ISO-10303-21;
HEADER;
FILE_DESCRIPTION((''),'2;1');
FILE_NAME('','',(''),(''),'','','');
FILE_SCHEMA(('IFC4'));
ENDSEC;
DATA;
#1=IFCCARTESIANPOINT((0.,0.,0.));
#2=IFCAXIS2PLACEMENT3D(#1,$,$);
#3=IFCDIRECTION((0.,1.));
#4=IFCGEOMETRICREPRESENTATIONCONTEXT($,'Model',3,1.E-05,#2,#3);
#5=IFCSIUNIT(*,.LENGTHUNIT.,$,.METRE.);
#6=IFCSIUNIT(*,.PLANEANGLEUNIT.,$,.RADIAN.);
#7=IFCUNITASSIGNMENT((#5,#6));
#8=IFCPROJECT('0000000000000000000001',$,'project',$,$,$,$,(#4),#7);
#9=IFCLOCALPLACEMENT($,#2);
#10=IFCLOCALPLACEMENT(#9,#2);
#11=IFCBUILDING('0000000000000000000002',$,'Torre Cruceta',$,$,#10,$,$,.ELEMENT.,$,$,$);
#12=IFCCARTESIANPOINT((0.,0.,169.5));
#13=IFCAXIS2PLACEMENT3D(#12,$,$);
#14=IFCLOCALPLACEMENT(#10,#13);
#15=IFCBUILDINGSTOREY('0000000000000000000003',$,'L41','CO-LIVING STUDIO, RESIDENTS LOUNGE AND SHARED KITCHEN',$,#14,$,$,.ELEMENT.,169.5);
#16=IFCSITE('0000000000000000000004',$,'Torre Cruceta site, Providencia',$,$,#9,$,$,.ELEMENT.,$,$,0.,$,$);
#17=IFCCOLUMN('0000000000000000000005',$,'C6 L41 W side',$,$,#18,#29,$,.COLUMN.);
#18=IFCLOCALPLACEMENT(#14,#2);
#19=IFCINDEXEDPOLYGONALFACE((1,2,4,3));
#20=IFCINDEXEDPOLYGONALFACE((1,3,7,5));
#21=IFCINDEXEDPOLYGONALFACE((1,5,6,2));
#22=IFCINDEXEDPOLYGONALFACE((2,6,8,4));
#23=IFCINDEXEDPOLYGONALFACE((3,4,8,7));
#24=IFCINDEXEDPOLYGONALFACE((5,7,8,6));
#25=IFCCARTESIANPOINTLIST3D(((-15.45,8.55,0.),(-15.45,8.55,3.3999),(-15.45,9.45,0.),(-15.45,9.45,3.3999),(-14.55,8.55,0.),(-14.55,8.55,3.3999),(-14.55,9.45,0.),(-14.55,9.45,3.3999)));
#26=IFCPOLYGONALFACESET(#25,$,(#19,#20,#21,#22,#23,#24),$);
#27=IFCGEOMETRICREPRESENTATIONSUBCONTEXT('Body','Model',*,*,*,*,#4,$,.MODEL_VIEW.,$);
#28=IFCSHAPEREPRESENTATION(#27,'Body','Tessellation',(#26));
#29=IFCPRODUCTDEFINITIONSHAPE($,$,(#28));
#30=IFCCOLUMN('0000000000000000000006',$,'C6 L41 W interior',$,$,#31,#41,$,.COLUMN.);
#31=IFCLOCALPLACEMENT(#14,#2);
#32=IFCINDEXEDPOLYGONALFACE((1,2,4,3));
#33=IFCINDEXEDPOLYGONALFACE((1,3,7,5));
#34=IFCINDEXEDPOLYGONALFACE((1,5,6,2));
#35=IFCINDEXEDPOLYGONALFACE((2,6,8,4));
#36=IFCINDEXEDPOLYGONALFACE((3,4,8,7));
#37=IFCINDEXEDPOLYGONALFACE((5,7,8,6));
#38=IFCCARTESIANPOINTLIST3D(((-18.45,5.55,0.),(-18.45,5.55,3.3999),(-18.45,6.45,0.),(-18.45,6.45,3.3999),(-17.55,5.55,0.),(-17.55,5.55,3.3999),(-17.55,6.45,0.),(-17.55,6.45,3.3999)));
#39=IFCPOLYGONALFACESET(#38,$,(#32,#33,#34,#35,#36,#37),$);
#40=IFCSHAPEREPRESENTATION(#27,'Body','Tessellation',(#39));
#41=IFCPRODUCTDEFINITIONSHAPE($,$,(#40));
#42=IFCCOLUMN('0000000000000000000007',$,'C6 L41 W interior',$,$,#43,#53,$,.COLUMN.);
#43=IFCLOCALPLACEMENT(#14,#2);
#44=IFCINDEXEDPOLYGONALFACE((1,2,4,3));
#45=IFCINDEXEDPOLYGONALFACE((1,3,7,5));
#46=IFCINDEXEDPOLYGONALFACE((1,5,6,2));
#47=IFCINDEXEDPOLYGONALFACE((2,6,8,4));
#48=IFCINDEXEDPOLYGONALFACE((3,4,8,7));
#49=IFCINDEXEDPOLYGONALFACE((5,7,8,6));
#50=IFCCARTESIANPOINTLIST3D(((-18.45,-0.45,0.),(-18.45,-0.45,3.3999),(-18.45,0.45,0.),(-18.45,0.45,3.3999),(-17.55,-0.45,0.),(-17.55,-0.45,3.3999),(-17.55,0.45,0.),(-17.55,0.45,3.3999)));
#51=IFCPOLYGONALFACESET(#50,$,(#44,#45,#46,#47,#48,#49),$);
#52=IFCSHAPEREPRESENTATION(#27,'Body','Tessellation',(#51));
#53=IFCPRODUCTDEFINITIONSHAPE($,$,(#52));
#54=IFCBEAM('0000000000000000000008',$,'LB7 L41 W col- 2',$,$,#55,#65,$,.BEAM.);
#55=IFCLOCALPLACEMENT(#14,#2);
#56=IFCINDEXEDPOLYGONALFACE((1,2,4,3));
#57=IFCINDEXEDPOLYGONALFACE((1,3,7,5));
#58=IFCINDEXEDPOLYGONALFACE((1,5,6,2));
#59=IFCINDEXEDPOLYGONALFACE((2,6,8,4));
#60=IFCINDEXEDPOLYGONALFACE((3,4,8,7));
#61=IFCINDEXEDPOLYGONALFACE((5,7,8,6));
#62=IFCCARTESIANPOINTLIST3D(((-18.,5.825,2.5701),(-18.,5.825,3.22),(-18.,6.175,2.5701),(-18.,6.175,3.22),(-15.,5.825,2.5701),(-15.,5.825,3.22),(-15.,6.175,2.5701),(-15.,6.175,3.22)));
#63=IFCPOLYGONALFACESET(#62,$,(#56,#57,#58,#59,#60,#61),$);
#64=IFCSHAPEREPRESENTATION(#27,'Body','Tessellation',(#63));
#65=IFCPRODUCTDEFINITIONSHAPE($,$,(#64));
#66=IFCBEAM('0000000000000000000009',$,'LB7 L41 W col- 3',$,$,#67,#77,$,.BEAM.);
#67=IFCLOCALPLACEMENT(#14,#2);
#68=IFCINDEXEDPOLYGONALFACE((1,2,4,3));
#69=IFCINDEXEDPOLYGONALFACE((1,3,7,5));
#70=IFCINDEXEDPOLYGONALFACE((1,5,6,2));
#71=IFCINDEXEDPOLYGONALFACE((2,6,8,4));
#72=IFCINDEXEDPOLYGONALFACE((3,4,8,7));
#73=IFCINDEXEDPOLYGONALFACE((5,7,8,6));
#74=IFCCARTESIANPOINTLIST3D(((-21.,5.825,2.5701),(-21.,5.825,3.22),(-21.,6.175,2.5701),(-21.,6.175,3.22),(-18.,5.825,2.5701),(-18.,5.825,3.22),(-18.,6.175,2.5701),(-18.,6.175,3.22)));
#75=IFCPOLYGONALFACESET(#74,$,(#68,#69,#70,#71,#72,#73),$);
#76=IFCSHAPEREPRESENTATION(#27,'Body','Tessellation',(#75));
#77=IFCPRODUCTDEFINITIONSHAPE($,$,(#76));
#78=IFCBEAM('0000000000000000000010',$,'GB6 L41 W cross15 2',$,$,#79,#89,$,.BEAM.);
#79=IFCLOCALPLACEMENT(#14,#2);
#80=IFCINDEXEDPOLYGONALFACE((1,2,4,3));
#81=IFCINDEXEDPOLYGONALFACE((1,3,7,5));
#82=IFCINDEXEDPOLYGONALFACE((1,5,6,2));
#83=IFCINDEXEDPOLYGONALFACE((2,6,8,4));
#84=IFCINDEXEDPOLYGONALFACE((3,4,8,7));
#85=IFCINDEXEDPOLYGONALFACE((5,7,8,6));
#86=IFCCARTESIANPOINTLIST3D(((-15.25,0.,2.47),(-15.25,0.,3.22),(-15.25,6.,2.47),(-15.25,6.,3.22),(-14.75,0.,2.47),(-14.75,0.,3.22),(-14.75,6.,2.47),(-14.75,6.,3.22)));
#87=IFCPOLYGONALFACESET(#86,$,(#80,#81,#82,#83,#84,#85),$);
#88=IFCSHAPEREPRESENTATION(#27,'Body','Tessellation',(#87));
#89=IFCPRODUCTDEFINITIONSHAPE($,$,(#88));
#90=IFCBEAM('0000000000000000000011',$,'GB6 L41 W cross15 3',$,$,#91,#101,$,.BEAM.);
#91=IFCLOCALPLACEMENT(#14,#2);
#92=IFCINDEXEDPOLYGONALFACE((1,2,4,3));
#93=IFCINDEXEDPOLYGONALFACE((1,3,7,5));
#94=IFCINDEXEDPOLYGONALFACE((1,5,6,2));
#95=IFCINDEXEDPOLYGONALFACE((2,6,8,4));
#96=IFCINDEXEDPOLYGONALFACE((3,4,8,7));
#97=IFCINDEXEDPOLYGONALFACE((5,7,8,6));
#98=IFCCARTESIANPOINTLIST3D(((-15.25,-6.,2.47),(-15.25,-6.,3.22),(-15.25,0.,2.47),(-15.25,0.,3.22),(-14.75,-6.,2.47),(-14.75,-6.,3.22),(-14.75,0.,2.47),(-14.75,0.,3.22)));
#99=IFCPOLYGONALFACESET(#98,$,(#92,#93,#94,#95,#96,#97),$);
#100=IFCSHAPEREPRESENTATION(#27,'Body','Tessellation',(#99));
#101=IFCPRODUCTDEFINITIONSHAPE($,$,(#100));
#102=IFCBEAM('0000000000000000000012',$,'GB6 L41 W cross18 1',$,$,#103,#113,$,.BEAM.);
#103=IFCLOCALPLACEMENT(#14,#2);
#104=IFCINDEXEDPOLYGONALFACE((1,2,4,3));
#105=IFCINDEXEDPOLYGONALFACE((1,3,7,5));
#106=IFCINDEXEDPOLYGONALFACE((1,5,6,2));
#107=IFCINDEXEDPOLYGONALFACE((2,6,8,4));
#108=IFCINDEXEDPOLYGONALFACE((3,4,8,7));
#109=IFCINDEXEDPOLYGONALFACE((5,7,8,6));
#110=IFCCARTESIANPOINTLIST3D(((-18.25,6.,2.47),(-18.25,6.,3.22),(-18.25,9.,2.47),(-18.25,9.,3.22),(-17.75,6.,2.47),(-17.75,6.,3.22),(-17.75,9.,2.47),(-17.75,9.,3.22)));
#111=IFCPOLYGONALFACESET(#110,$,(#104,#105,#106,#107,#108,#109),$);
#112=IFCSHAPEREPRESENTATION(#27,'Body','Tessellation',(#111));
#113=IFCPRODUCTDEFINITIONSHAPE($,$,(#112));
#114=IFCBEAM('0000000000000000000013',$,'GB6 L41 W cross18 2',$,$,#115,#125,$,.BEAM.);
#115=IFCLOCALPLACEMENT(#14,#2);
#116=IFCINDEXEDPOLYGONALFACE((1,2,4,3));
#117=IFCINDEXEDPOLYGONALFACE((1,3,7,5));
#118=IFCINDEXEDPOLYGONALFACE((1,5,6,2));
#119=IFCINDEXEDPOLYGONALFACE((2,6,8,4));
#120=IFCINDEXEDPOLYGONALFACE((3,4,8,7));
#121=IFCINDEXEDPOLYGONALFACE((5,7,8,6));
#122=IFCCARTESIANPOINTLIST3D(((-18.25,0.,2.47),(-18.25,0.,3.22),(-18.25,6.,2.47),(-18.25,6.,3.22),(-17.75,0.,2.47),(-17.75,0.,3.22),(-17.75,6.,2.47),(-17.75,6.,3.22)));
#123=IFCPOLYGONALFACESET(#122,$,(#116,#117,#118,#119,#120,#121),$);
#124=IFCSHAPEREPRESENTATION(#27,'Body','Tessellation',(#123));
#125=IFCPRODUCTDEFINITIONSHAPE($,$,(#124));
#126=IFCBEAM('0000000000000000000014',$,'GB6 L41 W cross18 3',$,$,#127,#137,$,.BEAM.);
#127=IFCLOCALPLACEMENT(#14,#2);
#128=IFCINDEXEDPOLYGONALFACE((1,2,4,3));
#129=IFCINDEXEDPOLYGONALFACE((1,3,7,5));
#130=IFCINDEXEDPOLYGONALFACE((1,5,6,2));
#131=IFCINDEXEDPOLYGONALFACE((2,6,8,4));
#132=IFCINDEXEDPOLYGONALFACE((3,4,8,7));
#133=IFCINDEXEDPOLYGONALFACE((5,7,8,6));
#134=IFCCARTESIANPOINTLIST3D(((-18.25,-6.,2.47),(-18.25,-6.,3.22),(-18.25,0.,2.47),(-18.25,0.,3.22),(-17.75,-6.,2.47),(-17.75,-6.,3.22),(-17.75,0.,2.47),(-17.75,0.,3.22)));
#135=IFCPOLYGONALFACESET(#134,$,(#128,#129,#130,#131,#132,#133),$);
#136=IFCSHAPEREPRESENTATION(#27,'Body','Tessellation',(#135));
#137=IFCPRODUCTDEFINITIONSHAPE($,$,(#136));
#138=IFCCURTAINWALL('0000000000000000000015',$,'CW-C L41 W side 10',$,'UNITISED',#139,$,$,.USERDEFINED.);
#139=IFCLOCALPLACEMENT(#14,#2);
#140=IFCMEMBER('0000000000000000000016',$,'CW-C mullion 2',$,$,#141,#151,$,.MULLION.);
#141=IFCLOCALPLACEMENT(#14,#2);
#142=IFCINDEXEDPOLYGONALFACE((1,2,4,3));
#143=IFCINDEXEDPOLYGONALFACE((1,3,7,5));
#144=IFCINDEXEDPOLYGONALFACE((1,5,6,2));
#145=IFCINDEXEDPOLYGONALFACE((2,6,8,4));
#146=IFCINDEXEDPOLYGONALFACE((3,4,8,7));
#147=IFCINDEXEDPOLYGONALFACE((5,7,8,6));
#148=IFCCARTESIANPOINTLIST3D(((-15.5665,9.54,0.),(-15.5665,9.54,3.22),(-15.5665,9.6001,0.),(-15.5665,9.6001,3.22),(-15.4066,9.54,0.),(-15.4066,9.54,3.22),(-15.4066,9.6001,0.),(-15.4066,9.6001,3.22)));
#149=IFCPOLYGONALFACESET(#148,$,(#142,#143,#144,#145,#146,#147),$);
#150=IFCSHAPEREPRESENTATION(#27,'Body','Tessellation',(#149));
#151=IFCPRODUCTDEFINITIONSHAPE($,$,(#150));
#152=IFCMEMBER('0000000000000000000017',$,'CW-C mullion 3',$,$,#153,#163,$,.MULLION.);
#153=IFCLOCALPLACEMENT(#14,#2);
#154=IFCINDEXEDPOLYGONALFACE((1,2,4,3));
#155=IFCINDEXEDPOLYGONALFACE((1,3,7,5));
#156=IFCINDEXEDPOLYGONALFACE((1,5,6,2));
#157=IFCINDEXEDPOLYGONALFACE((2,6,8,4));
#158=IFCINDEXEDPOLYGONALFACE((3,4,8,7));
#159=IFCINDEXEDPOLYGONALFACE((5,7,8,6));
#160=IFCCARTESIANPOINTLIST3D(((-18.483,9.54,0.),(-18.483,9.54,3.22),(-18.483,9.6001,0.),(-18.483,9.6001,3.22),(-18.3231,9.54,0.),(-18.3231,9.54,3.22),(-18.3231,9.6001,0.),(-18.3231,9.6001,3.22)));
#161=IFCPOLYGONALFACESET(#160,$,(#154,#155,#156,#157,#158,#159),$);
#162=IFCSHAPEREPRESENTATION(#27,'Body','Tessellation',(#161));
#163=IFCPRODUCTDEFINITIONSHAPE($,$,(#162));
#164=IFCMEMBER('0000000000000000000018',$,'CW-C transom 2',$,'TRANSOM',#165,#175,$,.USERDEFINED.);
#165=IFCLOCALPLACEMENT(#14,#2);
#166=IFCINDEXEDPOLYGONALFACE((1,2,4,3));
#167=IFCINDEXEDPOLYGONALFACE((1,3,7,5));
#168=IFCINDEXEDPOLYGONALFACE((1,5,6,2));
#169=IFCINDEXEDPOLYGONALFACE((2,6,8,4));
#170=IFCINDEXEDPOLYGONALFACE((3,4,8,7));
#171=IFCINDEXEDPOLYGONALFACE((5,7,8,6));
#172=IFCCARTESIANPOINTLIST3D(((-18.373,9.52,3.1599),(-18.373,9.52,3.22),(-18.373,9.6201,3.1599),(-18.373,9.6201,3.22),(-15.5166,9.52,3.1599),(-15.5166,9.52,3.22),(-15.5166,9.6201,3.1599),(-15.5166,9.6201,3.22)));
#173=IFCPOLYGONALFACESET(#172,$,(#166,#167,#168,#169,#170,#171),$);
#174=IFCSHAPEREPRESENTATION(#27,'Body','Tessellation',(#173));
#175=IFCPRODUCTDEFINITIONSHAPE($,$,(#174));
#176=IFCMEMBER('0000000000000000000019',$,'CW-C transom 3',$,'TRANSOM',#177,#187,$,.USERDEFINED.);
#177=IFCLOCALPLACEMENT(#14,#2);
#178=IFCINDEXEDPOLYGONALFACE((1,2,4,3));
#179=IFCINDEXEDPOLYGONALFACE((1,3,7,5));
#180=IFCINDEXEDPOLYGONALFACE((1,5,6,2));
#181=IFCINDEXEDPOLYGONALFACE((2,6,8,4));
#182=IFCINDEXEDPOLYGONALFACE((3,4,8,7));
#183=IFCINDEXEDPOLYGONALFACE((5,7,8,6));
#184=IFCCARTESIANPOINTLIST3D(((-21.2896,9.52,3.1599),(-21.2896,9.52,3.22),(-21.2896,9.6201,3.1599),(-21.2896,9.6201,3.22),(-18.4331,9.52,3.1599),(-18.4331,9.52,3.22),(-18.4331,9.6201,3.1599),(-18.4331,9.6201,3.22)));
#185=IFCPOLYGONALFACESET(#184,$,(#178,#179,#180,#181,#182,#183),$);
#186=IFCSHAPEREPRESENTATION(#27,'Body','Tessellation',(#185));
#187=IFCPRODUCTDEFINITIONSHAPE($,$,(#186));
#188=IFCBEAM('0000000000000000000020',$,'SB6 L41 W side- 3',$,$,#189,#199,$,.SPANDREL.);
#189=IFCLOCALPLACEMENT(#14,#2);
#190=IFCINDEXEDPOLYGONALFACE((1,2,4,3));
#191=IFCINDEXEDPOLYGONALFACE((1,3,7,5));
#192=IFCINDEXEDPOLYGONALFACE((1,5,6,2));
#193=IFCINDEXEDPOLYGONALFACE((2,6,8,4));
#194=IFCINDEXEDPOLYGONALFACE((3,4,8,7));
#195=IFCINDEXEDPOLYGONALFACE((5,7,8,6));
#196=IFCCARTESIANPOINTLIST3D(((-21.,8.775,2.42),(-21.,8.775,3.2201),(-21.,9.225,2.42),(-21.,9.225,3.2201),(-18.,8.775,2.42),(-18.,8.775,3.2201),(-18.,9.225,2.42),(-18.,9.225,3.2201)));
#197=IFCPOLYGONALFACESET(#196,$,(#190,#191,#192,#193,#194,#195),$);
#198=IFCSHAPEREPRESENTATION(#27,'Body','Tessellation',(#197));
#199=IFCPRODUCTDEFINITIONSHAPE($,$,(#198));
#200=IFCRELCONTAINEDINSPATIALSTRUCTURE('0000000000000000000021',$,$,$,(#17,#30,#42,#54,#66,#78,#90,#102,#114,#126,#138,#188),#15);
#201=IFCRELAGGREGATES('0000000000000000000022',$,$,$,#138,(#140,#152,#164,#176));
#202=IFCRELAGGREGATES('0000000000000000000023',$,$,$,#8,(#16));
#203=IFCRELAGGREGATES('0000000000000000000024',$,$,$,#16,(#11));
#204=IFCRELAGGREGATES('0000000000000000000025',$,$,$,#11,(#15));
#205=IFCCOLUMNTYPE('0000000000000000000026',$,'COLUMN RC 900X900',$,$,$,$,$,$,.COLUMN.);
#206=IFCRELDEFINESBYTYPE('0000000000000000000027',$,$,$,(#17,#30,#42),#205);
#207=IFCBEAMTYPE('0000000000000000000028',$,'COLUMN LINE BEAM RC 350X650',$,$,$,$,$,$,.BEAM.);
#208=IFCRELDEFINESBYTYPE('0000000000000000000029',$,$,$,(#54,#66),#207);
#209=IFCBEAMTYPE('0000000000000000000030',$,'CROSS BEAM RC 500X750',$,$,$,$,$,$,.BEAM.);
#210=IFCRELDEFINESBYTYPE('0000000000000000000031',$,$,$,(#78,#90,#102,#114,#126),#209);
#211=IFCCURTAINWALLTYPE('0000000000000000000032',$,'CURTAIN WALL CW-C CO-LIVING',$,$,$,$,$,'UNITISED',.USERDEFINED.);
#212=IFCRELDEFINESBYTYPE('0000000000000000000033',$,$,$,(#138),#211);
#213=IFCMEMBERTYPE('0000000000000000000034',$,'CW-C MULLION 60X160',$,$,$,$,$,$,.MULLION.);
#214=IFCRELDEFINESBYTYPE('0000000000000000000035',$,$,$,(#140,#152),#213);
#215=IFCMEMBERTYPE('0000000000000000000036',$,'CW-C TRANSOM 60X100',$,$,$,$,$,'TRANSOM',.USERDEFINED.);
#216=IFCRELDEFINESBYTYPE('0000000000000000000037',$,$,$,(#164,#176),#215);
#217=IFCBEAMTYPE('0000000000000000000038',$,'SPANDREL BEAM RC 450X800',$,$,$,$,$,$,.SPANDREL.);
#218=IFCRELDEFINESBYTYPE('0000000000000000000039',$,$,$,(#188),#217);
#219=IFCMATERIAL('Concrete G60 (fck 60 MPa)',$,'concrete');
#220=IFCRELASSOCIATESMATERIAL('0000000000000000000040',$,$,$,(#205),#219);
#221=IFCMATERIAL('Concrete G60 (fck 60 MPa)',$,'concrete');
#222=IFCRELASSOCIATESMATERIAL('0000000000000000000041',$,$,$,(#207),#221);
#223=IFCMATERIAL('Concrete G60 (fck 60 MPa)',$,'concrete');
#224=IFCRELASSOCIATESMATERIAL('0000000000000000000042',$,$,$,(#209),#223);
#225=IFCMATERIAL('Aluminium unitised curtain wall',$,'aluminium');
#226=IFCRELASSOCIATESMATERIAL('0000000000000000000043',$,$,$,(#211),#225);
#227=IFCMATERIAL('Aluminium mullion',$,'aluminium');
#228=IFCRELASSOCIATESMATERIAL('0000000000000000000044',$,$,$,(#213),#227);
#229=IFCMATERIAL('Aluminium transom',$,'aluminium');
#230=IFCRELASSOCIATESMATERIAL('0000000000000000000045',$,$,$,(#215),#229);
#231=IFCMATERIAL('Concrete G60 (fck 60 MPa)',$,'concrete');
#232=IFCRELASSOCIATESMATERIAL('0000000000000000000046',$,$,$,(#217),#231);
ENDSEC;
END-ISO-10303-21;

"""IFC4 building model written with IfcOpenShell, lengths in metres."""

from ifc_helpers import new_model, si_unit, direction, frame, origin, origin_2d, place, context, subcontext, project, spatial, rectangle, extrude, material, material_profile, profile_set, type_object, element, aggregate, save


model = new_model("IFC4")

# Units and contexts
model_context = context("Model", 3, precision=1e-05, world=origin(), true_north=direction((0.0, 1.0)))
body_context = subcontext(model_context, "Body", "Model", "MODEL_VIEW")
ifc_project = project(units=[si_unit("LENGTHUNIT", "METRE"), si_unit("PLANEANGLEUNIT", "RADIAN")], contexts=[model_context])

# Site, building, storey
site_placement = place(None, origin())
site = spatial("IfcSite", under=ifc_project, at=site_placement, Name="Torre Cruceta site, Providencia", CompositionType="ELEMENT", RefElevation=0.0)
building_placement = place(site_placement, origin())
building = spatial("IfcBuilding", under=site, at=building_placement, Name="Torre Cruceta", CompositionType="ELEMENT")
storey_placement = place(building_placement, frame((0.0, 0.0, 169.5)))
storey = spatial("IfcBuildingStorey", under=building, at=storey_placement, Name="L41", Description="CO-LIVING STUDIO, RESIDENTS LOUNGE AND SHARED KITCHEN", CompositionType="ELEMENT", Elevation=169.5)

# Columns
ifc_material_1 = material(Name="Concrete G60 (fck 60 MPa)", Category="concrete")
ifc_material_profile_1 = material_profile(ifc_material_1, rectangle(XDim=0.8999, YDim=0.8999, at=origin_2d()), Name="RC 900X900")
ifc_profile_set_1 = profile_set([ifc_material_profile_1], Name="Concrete G60 (fck 60 MPa)")
column_type = type_object("IfcColumnType", Name="COLUMN RC 900X900", PredefinedType="COLUMN", material=ifc_profile_set_1)
for number, where, z_axis, x_axis, name in (
    (1, (-15.0, 9.0, 0.0), (0.0, 0.0, 1.0), (1.0, 0.0, 0.0), "C6 L41 W side"),
    (2, (-18.0, 6.0, 0.0), (0.0, 0.0, 1.0), (1.0, 0.0, 0.0), "C6 L41 W interior"),
    (3, (-18.0, 0.0, 0.0), (0.0, 0.0, 1.0), (1.0, 0.0, 0.0), "C6 L41 W interior"),
):
    element("IfcColumn", number, at=place(storey_placement, frame(where, z_axis=z_axis, x_axis=x_axis)), inside=storey, type_object=column_type, Name=name, PredefinedType="COLUMN", context=body_context, shape_type="SweptSolid", body=[
        extrude(rectangle(XDim=0.8999, YDim=0.8999, at=origin_2d()), origin(), (0.0, 0.0, 1.0), 3.3999),
    ])

# Beams
ifc_material_2 = material(Name="Concrete G60 (fck 60 MPa)", Category="concrete")
ifc_material_profile_2 = material_profile(ifc_material_2, rectangle(XDim=0.3501, YDim=0.6499, at=origin_2d()), Name="RC 350X650")
ifc_profile_set_2 = profile_set([ifc_material_profile_2], Name="Concrete G60 (fck 60 MPa)")
beam_type_1 = type_object("IfcBeamType", Name="COLUMN LINE BEAM RC 350X650", PredefinedType="BEAM", material=ifc_profile_set_2)
for number, where, z_axis, x_axis, name in (
    (4, (-15.0, 6.0, 2.895), (-1.0, 0.0, 0.0), (0.0, -1.0, 0.0), "LB7 L41 W col- 2"),
    (5, (-18.0, 6.0, 2.895), (-1.0, 0.0, 0.0), (0.0, -1.0, 0.0), "LB7 L41 W col- 3"),
):
    element("IfcBeam", number, at=place(storey_placement, frame(where, z_axis=z_axis, x_axis=x_axis)), inside=storey, type_object=beam_type_1, Name=name, PredefinedType="BEAM", context=body_context, shape_type="SweptSolid", body=[
        extrude(rectangle(XDim=0.3501, YDim=0.6499, at=origin_2d()), origin(), (0.0, 0.0, 1.0), 3.0),
    ])
ifc_material_3 = material(Name="Concrete G60 (fck 60 MPa)", Category="concrete")
ifc_material_profile_3 = material_profile(ifc_material_3, rectangle(XDim=0.5, YDim=0.75, at=origin_2d()), Name="RC 500X750")
ifc_profile_set_3 = profile_set([ifc_material_profile_3], Name="Concrete G60 (fck 60 MPa)")
beam_type_2 = type_object("IfcBeamType", Name="CROSS BEAM RC 500X750", PredefinedType="BEAM", material=ifc_profile_set_3)
for number, where, z_axis, x_axis, name in (
    (6, (-15.0, 6.0, 2.845), (0.0, -1.0, 0.0), (1.0, 0.0, 0.0), "GB6 L41 W cross15 2"),
    (7, (-15.0, 0.0, 2.845), (0.0, -1.0, 0.0), (1.0, 0.0, 0.0), "GB6 L41 W cross15 3"),
):
    element("IfcBeam", number, at=place(storey_placement, frame(where, z_axis=z_axis, x_axis=x_axis)), inside=storey, type_object=beam_type_2, Name=name, PredefinedType="BEAM", context=body_context, shape_type="SweptSolid", body=[
        extrude(rectangle(XDim=0.5, YDim=0.75, at=origin_2d()), origin(), (0.0, 0.0, 1.0), 6.0),
    ])
beam_1_placement = place(storey_placement, frame((-18.0, 9.0, 2.845), z_axis=(0.0, -1.0, 0.0), x_axis=(1.0, 0.0, 0.0)))
element("IfcBeam", 8, at=beam_1_placement, inside=storey, type_object=beam_type_2, Name="GB6 L41 W cross18 1", PredefinedType="BEAM", context=body_context, shape_type="SweptSolid", body=[
    extrude(rectangle(XDim=0.5, YDim=0.75, at=origin_2d()), origin(), (0.0, 0.0, 1.0), 3.0),
])
for number, where, z_axis, x_axis, name in (
    (9, (-18.0, 6.0, 2.845), (0.0, -1.0, 0.0), (1.0, 0.0, 0.0), "GB6 L41 W cross18 2"),
    (10, (-18.0, 0.0, 2.845), (0.0, -1.0, 0.0), (1.0, 0.0, 0.0), "GB6 L41 W cross18 3"),
):
    element("IfcBeam", number, at=place(storey_placement, frame(where, z_axis=z_axis, x_axis=x_axis)), inside=storey, type_object=beam_type_2, Name=name, PredefinedType="BEAM", context=body_context, shape_type="SweptSolid", body=[
        extrude(rectangle(XDim=0.5, YDim=0.75, at=origin_2d()), origin(), (0.0, 0.0, 1.0), 6.0),
    ])

# Curtain wall, members
ifc_material_4 = material(Name="Aluminium unitised curtain wall", Category="aluminium")
curtain_wall_type = type_object("IfcCurtainWallType", Name="CURTAIN WALL CW-C CO-LIVING", ElementType="UNITISED", PredefinedType="USERDEFINED", material=ifc_material_4)
curtain_wall_placement = place(storey_placement, origin())
curtain_wall = element("IfcCurtainWall", 11, at=curtain_wall_placement, inside=storey, type_object=curtain_wall_type, Name="CW-C L41 W side 10", ObjectType="UNITISED", PredefinedType="USERDEFINED")
ifc_material_5 = material(Name="Aluminium mullion", Category="aluminium")
ifc_material_profile_4 = material_profile(ifc_material_5, rectangle(XDim=0.0601, YDim=0.1599, at=origin_2d()), Name="AL 60X160")
ifc_profile_set_4 = profile_set([ifc_material_profile_4], Name="Aluminium mullion")
member_type_1 = type_object("IfcMemberType", Name="CW-C MULLION 60X160", PredefinedType="MULLION", material=ifc_profile_set_4)
member_1_placement = place(storey_placement, frame((-15.4866, 9.5701, 0.0), z_axis=(0.0, 0.0, 1.0), x_axis=(0.0, -1.0, 0.0)))
member_1 = element("IfcMember", 12, at=member_1_placement, type_object=member_type_1, Name="CW-C mullion 2", PredefinedType="MULLION", context=body_context, shape_type="SweptSolid", body=[
    extrude(rectangle(XDim=0.0601, YDim=0.1599, at=origin_2d()), origin(), (0.0, 0.0, 1.0), 3.22),
])
member_2_placement = place(storey_placement, frame((-18.4031, 9.5701, 0.0), z_axis=(0.0, 0.0, 1.0), x_axis=(0.0, -1.0, 0.0)))
member_2 = element("IfcMember", 13, at=member_2_placement, type_object=member_type_1, Name="CW-C mullion 3", PredefinedType="MULLION", context=body_context, shape_type="SweptSolid", body=[
    extrude(rectangle(XDim=0.0601, YDim=0.1599, at=origin_2d()), origin(), (0.0, 0.0, 1.0), 3.22),
])
ifc_material_6 = material(Name="Aluminium transom", Category="aluminium")
ifc_material_profile_5 = material_profile(ifc_material_6, rectangle(XDim=0.1001, YDim=0.0601, at=origin_2d()), Name="AL 100X60")
ifc_profile_set_5 = profile_set([ifc_material_profile_5], Name="Aluminium transom")
member_type_2 = type_object("IfcMemberType", Name="CW-C TRANSOM 60X100", ElementType="TRANSOM", PredefinedType="USERDEFINED", material=ifc_profile_set_5)
member_3_placement = place(storey_placement, frame((-15.5166, 9.5701, 3.1899), z_axis=(-1.0, 0.0, 0.0), x_axis=(0.0, -1.0, 0.0)))
member_3 = element("IfcMember", 14, at=member_3_placement, type_object=member_type_2, Name="CW-C transom 2", ObjectType="TRANSOM", PredefinedType="USERDEFINED", context=body_context, shape_type="SweptSolid", body=[
    extrude(rectangle(XDim=0.1001, YDim=0.0601, at=origin_2d()), origin(), (0.0, 0.0, 1.0), 2.8564),
])
member_4_placement = place(storey_placement, frame((-18.4331, 9.5701, 3.1899), z_axis=(-1.0, 0.0, 0.0), x_axis=(0.0, -1.0, 0.0)))
member_4 = element("IfcMember", 15, at=member_4_placement, type_object=member_type_2, Name="CW-C transom 3", ObjectType="TRANSOM", PredefinedType="USERDEFINED", context=body_context, shape_type="SweptSolid", body=[
    extrude(rectangle(XDim=0.1001, YDim=0.0601, at=origin_2d()), origin(), (0.0, 0.0, 1.0), 2.8564),
])

# Beam
ifc_material_7 = material(Name="Concrete G60 (fck 60 MPa)", Category="concrete")
ifc_material_profile_6 = material_profile(ifc_material_7, rectangle(XDim=0.45, YDim=0.8, at=origin_2d()), Name="RC 450X800")
ifc_profile_set_6 = profile_set([ifc_material_profile_6], Name="Concrete G60 (fck 60 MPa)")
beam_type_3 = type_object("IfcBeamType", Name="SPANDREL BEAM RC 450X800", PredefinedType="SPANDREL", material=ifc_profile_set_6)
beam_2_placement = place(storey_placement, frame((-18.0, 9.0, 2.8201), z_axis=(-1.0, 0.0, 0.0), x_axis=(0.0, -1.0, 0.0)))
element("IfcBeam", 16, at=beam_2_placement, inside=storey, type_object=beam_type_3, Name="SB6 L41 W side- 3", PredefinedType="SPANDREL", context=body_context, shape_type="SweptSolid", body=[
    extrude(rectangle(XDim=0.45, YDim=0.8, at=origin_2d()), origin(), (0.0, 0.0, 1.0), 3.0),
])

aggregate(curtain_wall, [member_1, member_2, member_3, member_4])

save(model, "model.ifc")
